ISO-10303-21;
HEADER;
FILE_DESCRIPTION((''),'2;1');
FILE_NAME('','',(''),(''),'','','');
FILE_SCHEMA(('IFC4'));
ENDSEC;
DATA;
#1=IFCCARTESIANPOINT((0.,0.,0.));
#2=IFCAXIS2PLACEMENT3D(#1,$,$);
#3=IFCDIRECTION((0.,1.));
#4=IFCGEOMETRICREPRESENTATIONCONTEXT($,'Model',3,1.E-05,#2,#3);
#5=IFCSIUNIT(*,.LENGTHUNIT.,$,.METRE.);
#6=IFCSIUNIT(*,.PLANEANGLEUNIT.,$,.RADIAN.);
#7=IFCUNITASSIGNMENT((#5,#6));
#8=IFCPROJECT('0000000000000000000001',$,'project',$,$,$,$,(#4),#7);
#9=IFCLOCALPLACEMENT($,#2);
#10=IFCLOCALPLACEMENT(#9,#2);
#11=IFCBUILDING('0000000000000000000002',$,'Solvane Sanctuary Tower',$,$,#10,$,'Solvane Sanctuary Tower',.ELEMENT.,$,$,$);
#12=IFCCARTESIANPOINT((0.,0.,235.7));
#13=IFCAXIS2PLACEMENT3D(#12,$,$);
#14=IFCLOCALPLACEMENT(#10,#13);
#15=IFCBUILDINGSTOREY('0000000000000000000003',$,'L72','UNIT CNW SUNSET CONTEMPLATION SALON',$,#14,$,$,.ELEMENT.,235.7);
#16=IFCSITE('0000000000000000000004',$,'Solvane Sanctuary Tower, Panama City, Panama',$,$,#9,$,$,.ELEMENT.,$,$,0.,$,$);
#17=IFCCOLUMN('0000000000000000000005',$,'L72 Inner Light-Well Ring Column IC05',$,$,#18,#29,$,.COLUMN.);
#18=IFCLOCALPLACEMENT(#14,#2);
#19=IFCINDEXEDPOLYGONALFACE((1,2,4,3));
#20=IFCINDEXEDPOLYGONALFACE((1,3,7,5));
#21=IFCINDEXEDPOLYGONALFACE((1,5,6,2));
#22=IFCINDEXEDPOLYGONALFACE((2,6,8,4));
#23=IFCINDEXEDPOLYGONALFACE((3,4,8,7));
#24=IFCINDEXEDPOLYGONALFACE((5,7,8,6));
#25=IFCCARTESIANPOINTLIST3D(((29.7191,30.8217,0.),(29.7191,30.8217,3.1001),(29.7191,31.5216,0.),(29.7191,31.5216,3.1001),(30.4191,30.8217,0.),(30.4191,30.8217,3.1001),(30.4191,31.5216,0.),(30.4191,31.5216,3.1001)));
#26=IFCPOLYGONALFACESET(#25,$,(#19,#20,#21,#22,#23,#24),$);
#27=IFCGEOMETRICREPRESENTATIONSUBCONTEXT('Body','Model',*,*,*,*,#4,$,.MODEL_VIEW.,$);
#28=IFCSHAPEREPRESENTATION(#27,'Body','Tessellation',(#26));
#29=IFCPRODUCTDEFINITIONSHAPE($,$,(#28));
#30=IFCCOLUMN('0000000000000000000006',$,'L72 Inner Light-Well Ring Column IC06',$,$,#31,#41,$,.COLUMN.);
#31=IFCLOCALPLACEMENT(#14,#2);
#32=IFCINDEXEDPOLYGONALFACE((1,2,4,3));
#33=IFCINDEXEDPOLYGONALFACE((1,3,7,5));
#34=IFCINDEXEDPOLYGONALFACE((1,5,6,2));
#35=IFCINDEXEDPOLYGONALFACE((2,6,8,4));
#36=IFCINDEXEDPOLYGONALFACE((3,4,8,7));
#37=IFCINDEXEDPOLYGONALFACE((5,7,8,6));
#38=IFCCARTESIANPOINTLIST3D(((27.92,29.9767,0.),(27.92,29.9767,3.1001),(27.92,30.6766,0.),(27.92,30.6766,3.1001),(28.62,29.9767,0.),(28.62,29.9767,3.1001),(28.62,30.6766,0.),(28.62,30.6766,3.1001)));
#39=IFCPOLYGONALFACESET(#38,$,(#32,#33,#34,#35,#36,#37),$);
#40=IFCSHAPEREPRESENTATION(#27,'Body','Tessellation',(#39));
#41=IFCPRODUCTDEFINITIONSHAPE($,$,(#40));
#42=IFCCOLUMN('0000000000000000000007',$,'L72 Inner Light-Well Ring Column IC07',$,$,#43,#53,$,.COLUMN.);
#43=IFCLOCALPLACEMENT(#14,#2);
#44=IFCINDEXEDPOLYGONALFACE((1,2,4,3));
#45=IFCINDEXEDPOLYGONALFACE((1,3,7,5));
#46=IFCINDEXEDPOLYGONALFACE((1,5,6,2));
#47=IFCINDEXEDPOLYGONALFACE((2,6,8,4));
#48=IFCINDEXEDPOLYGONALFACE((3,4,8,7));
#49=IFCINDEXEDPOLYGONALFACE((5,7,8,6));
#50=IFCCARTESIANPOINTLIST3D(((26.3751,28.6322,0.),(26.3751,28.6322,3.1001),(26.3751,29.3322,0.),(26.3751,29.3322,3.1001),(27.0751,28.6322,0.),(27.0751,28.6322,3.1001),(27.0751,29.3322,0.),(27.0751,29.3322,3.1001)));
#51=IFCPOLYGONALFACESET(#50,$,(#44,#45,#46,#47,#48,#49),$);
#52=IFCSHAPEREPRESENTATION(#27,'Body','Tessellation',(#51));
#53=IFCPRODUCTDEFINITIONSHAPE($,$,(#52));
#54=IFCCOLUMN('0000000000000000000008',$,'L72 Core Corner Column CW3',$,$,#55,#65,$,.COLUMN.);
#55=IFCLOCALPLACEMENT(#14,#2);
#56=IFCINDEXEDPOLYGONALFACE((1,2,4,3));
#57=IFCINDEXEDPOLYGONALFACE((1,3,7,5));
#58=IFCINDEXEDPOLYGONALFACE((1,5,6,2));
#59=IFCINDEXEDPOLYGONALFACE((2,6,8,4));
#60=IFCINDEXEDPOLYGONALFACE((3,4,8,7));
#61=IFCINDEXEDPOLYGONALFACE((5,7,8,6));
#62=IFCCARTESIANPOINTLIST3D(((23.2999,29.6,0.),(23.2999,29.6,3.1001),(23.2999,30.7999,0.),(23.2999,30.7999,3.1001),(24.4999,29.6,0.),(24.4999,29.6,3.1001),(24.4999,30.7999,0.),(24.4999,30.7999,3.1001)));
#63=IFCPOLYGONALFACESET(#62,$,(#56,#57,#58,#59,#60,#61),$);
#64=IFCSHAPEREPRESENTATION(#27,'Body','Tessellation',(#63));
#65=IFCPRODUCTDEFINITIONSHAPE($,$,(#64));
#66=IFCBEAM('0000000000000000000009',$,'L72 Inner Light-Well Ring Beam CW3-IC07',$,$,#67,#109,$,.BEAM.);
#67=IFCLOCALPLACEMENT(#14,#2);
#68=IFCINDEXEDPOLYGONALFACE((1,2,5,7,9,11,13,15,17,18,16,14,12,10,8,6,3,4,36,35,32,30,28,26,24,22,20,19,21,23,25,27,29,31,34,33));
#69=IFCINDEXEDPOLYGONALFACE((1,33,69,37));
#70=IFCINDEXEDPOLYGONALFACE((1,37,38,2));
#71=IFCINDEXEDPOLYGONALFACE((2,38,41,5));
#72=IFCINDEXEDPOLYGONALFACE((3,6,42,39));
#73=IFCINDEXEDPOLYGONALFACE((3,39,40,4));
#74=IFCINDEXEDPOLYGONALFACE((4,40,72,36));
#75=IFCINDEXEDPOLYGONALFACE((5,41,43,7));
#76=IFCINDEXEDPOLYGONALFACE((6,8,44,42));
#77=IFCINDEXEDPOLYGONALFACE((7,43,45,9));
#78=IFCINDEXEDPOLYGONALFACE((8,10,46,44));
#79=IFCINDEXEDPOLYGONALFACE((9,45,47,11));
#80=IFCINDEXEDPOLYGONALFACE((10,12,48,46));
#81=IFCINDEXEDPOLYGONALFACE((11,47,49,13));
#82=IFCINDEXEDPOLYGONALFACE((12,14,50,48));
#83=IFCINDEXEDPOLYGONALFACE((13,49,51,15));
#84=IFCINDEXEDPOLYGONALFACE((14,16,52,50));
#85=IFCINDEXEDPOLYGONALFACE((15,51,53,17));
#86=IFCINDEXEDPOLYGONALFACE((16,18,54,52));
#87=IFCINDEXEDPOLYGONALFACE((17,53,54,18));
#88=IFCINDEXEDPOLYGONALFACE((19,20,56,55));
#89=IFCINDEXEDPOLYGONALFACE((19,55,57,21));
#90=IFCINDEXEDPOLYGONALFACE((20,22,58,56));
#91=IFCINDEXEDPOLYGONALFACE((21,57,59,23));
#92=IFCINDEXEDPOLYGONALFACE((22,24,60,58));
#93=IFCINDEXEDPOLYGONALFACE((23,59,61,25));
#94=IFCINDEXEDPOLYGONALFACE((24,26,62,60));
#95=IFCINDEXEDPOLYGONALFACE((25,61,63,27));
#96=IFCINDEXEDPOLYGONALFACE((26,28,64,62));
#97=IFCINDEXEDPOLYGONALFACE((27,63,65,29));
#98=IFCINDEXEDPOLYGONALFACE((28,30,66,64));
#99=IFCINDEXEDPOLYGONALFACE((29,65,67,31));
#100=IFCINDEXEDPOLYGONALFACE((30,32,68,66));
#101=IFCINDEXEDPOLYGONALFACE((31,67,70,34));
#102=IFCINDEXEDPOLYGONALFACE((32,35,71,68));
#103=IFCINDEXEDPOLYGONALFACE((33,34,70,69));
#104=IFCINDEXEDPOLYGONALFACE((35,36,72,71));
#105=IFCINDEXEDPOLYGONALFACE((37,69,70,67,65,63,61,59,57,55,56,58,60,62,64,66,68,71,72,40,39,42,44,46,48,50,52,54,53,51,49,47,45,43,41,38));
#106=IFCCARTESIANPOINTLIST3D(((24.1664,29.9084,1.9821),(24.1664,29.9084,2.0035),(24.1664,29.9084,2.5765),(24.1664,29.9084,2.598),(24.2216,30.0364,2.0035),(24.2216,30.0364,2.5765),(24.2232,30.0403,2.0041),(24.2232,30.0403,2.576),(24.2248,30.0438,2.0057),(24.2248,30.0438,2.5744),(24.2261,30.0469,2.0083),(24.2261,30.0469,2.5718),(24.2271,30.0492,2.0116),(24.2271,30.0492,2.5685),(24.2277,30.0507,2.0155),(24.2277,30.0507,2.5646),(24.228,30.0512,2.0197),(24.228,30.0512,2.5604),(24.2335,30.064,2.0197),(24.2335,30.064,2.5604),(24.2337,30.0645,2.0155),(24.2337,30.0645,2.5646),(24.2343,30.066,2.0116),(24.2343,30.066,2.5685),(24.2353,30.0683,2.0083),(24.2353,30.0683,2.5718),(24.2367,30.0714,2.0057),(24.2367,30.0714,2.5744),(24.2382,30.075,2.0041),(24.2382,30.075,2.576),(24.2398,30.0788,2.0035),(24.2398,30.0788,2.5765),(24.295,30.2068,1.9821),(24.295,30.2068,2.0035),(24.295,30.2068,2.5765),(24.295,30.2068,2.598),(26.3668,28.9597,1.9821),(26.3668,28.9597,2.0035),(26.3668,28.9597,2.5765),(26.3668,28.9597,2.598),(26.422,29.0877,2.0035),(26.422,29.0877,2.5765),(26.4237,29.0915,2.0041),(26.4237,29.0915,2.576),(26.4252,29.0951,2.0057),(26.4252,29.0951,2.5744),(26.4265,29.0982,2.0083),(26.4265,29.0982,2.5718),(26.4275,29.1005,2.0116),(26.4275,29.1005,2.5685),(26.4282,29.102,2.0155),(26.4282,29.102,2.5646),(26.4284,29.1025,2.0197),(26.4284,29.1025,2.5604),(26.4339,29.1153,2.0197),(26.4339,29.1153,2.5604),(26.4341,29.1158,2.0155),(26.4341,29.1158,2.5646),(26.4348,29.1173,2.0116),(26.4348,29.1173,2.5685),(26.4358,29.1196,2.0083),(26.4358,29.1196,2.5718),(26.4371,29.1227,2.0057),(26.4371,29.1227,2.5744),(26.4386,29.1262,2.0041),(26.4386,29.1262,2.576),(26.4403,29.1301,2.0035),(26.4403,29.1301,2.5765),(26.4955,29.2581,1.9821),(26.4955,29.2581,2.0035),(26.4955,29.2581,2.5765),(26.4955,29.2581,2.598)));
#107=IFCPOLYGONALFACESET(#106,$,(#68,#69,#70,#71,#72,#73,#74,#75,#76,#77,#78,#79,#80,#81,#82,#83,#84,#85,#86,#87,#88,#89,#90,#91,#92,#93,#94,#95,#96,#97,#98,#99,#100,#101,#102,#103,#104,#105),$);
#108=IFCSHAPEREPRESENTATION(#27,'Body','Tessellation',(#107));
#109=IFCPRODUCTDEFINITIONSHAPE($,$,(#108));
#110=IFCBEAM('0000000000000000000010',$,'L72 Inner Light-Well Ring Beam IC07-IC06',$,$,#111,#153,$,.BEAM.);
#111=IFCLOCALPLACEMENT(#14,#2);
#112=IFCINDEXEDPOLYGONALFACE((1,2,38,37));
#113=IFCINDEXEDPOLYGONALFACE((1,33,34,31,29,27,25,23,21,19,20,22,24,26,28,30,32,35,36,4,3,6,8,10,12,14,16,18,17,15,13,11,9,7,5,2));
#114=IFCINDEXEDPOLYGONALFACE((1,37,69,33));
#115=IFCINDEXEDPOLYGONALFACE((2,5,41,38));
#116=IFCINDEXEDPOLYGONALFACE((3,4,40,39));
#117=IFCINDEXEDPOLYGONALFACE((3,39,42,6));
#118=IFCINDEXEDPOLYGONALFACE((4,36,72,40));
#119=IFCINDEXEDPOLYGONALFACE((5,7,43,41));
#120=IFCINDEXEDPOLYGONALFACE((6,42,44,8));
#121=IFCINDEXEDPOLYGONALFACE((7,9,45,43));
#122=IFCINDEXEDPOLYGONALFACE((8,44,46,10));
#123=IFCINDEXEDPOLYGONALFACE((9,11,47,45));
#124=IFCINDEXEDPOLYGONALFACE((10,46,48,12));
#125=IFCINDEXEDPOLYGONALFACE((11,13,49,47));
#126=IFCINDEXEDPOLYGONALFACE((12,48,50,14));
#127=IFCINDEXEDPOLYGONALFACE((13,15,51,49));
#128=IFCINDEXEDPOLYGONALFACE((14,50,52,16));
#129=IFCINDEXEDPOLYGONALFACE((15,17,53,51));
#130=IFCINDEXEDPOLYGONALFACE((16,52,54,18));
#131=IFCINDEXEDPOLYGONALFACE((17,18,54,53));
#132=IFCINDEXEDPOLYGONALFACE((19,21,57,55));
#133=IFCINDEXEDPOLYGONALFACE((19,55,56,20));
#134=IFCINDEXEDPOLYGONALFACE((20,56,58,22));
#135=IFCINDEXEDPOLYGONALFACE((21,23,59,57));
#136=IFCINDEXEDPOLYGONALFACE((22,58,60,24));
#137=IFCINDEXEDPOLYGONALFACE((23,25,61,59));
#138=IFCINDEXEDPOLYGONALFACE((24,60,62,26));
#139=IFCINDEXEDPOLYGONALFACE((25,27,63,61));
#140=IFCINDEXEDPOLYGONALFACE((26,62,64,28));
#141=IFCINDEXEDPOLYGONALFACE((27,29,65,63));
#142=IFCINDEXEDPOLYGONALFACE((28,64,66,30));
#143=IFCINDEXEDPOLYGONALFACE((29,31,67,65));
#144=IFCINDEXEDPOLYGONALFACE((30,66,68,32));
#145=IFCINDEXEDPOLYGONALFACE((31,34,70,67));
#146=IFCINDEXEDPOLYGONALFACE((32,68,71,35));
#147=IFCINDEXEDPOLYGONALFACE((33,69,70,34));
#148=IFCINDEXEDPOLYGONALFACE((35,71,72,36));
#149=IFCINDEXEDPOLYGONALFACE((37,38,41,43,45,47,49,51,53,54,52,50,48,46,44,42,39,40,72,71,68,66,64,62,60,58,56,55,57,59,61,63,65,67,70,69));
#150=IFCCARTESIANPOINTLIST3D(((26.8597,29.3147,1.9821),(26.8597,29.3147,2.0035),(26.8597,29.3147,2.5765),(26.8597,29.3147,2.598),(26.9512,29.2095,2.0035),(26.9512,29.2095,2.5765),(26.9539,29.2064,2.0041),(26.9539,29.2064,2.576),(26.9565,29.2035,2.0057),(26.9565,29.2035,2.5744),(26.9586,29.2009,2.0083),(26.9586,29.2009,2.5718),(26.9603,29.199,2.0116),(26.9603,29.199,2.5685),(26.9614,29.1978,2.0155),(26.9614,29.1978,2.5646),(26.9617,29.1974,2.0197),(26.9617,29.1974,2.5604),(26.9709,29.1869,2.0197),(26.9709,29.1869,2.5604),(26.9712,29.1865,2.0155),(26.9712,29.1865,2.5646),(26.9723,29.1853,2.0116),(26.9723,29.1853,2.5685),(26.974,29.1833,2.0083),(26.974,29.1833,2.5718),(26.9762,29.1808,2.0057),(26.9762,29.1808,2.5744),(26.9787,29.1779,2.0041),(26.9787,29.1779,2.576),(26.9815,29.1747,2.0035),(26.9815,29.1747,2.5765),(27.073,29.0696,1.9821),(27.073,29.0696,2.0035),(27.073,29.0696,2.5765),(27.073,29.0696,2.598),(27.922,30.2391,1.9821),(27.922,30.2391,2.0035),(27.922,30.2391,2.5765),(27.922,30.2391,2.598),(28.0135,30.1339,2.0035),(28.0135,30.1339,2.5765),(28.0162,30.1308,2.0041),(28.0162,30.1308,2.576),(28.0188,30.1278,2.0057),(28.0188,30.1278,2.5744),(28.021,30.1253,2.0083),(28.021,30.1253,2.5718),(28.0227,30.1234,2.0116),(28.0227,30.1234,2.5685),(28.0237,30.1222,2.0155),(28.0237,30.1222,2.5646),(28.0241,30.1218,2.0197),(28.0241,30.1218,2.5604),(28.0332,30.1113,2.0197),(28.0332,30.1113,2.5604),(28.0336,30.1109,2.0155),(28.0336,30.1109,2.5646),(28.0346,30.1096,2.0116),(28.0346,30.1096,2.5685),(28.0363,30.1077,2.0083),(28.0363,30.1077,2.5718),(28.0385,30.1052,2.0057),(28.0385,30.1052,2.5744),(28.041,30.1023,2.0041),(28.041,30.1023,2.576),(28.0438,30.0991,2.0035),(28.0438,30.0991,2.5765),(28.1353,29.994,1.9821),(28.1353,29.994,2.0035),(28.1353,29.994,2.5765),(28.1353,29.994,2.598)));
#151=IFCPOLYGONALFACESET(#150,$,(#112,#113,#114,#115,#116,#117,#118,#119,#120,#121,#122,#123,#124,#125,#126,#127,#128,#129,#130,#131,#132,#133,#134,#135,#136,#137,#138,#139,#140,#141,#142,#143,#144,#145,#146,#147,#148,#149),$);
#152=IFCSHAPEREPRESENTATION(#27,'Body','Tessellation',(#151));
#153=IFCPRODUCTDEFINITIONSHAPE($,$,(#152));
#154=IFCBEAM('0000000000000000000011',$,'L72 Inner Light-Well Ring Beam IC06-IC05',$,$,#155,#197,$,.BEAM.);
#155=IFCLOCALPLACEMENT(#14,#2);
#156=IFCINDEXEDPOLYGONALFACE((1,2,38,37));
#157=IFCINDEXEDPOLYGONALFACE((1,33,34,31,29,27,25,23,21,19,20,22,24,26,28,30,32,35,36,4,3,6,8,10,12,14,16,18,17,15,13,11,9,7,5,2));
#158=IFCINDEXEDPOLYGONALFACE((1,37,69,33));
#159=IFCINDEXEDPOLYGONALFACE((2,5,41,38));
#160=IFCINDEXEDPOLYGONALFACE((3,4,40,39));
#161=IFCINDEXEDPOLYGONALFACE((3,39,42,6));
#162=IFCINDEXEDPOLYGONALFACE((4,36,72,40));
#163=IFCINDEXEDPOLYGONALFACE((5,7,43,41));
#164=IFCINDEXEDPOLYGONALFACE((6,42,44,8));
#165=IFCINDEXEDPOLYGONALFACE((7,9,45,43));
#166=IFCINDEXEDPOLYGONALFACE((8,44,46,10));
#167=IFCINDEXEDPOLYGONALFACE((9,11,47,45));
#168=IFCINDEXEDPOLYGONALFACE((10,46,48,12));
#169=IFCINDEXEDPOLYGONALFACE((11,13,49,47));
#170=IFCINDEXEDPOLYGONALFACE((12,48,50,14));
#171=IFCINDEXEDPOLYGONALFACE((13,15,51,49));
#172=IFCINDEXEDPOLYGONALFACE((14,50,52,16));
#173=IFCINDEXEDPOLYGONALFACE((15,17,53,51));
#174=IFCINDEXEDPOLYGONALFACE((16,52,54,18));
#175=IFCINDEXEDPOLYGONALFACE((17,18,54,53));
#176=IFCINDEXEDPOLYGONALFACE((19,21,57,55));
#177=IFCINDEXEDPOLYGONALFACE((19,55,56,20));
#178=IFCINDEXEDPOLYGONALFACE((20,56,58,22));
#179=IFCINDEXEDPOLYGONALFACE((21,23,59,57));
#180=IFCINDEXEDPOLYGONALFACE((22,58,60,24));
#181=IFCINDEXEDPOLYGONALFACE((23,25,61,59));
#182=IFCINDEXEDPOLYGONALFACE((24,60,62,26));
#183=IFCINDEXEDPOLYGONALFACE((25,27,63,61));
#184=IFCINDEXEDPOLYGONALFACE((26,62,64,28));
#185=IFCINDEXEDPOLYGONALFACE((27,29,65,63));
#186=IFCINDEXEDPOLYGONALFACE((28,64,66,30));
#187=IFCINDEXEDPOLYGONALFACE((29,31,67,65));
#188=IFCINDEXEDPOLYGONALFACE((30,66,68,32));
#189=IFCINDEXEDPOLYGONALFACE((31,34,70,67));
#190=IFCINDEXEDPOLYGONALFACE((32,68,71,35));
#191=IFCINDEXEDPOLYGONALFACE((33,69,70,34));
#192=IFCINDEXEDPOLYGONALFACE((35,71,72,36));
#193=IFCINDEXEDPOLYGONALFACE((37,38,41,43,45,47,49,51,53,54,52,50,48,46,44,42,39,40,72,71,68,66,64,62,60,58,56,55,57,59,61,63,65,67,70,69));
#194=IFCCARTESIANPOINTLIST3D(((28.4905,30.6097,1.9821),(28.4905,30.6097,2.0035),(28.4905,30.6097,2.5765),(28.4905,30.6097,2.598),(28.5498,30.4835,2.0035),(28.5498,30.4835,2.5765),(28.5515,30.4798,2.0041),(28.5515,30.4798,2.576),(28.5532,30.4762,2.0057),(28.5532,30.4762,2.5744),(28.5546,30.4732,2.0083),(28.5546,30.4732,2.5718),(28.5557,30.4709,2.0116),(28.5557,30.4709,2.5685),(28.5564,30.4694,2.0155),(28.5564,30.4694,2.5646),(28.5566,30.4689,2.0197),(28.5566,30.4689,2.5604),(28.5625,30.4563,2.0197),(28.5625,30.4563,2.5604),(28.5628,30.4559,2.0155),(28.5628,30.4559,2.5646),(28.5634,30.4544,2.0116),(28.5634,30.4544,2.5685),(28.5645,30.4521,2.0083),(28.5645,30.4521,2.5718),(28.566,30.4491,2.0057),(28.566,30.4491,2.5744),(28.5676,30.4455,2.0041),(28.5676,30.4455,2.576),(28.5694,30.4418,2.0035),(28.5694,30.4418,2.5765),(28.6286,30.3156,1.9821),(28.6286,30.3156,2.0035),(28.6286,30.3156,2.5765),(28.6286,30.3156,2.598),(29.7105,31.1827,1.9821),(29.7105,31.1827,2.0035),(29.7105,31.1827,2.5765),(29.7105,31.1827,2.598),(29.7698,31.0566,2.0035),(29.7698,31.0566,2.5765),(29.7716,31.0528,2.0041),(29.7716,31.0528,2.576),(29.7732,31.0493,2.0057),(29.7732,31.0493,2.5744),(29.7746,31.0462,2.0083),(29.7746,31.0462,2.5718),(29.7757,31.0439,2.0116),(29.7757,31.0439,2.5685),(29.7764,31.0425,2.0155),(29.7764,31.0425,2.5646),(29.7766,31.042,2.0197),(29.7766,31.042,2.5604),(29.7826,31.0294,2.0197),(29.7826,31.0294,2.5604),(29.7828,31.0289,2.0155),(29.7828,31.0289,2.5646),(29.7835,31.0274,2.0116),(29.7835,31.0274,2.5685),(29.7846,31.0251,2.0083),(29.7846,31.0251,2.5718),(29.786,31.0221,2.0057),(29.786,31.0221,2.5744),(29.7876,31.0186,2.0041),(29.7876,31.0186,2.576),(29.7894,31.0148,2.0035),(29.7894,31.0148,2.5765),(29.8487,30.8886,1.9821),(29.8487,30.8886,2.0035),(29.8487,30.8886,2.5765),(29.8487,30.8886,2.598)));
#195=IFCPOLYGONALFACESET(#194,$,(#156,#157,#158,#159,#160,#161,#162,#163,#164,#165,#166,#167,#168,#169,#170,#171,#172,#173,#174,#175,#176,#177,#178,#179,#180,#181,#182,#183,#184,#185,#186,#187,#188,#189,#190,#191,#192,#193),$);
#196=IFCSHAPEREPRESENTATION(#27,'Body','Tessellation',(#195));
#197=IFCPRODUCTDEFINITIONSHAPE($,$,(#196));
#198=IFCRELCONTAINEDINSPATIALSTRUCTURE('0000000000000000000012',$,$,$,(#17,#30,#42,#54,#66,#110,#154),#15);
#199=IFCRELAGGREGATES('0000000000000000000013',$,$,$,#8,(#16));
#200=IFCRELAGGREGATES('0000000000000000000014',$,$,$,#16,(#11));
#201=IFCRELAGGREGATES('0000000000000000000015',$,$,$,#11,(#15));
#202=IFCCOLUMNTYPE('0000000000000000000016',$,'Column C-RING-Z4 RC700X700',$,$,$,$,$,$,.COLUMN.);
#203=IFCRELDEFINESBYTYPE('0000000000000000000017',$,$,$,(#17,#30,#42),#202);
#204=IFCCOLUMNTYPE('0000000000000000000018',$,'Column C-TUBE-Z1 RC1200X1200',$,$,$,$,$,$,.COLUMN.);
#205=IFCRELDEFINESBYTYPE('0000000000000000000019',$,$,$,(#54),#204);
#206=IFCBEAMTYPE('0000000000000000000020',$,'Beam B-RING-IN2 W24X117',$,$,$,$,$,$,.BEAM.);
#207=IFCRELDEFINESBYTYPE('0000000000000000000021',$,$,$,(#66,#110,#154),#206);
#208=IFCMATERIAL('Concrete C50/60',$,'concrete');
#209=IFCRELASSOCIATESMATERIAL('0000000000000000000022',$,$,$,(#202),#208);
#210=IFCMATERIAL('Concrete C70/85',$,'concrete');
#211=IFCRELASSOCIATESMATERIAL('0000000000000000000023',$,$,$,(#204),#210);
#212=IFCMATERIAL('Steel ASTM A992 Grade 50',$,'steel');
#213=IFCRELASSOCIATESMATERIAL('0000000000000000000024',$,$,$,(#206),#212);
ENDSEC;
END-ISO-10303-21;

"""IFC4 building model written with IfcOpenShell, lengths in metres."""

from ifc_helpers import new_model, si_unit, direction, frame, origin, origin_2d, place, context, subcontext, project, spatial, rectangle, i_section, extrude, material, material_profile, profile_set, type_object, element, save


model = new_model("IFC4")

# Units and contexts
model_context = context("Model", 3, precision=1e-05, world=origin(), true_north=direction((0.0, 1.0)))
body_context = subcontext(model_context, "Body", "Model", "MODEL_VIEW")
ifc_project = project(units=[si_unit("LENGTHUNIT", "METRE"), si_unit("PLANEANGLEUNIT", "RADIAN")], contexts=[model_context])

# Site, building, storey
site_placement = place(None, origin())
site = spatial("IfcSite", under=ifc_project, at=site_placement, Name="Solvane Sanctuary Tower, Panama City, Panama", CompositionType="ELEMENT", RefElevation=0.0)
building_placement = place(site_placement, origin())
building = spatial("IfcBuilding", under=site, at=building_placement, Name="Solvane Sanctuary Tower", LongName="Solvane Sanctuary Tower", CompositionType="ELEMENT")
storey_placement = place(building_placement, frame((0.0, 0.0, 235.7)))
storey = spatial("IfcBuildingStorey", under=building, at=storey_placement, Name="L72", Description="UNIT CNW SUNSET CONTEMPLATION SALON", CompositionType="ELEMENT", Elevation=235.7)

# Columns
ifc_material_1 = material(Name="Concrete C50/60", Category="concrete")
ifc_material_profile_1 = material_profile(ifc_material_1, rectangle(XDim=0.7, YDim=0.7, at=origin_2d()), Name="RC700X700")
ifc_profile_set_1 = profile_set([ifc_material_profile_1], Name="Concrete C50/60")
column_type_1 = type_object("IfcColumnType", Name="Column C-RING-Z4 RC700X700", PredefinedType="COLUMN", material=ifc_profile_set_1)
for number, where, z_axis, x_axis, name in (
    (1, (30.0691, 31.1716, 0.0), (0.0, 0.0, 1.0), (1.0, 0.0, 0.0), "L72 Inner Light-Well Ring Column IC05"),
    (2, (28.27, 30.3267, 0.0), (0.0, 0.0, 1.0), (1.0, 0.0, 0.0), "L72 Inner Light-Well Ring Column IC06"),
    (3, (26.7251, 28.9822, 0.0), (0.0, 0.0, 1.0), (1.0, 0.0, 0.0), "L72 Inner Light-Well Ring Column IC07"),
):
    element("IfcColumn", number, at=place(storey_placement, frame(where, z_axis=z_axis, x_axis=x_axis)), inside=storey, type_object=column_type_1, Name=name, PredefinedType="COLUMN", context=body_context, shape_type="SweptSolid", body=[
        extrude(rectangle(XDim=0.7, YDim=0.7, at=origin_2d()), origin(), (0.0, 0.0, 1.0), 3.1001),
    ])
ifc_material_2 = material(Name="Concrete C70/85", Category="concrete")
ifc_material_profile_2 = material_profile(ifc_material_2, rectangle(XDim=1.2, YDim=1.2, at=origin_2d()), Name="RC1200X1200")
ifc_profile_set_2 = profile_set([ifc_material_profile_2], Name="Concrete C70/85")
column_type_2 = type_object("IfcColumnType", Name="Column C-TUBE-Z1 RC1200X1200", PredefinedType="COLUMN", material=ifc_profile_set_2)
column_placement = place(storey_placement, frame((23.8999, 30.2, 0.0), z_axis=(0.0, 0.0, 1.0), x_axis=(1.0, 0.0, 0.0)))
element("IfcColumn", 4, at=column_placement, inside=storey, type_object=column_type_2, Name="L72 Core Corner Column CW3", PredefinedType="COLUMN", context=body_context, shape_type="SweptSolid", body=[
    extrude(rectangle(XDim=1.2, YDim=1.2, at=origin_2d()), origin(), (0.0, 0.0, 1.0), 3.1001),
])

# Beams
ifc_material_3 = material(Name="Steel ASTM A992 Grade 50", Category="steel")
ifc_material_profile_3 = material_profile(ifc_material_3, i_section(OverallWidth=0.325, OverallDepth=0.616, WebThickness=0.0139, FlangeThickness=0.0215, FilletRadius=0.0161, at=origin_2d()), Name="W24X117")
ifc_profile_set_3 = profile_set([ifc_material_profile_3], Name="Steel ASTM A992 Grade 50")
beam_type_1 = type_object("IfcBeamType", Name="Beam B-RING-IN2 W24X117", PredefinedType="BEAM", material=ifc_profile_set_3)
beam_1_placement = place(storey_placement, frame((24.2307, 30.0576, 2.29), z_axis=(0.918284, -0.395923, 0.0), x_axis=(0.395923, 0.918284, 0.0)))
element("IfcBeam", 5, at=beam_1_placement, inside=storey, type_object=beam_type_1, Name="L72 Inner Light-Well Ring Beam CW3-IC07", PredefinedType="BEAM", context=body_context, shape_type="SweptSolid", body=[
    extrude(i_section(OverallWidth=0.325, OverallDepth=0.616, WebThickness=0.0139, FlangeThickness=0.0215, FilletRadius=0.0161, at=origin_2d()), origin(), (0.0, 0.0, 1.0), 2.3962),
])
beam_2_placement = place(storey_placement, frame((26.9663, 29.1921, 2.29), z_axis=(0.754389, 0.656428, 0.0), x_axis=(-0.656428, 0.754389, 0.0)))
element("IfcBeam", 6, at=beam_2_placement, inside=storey, type_object=beam_type_1, Name="L72 Inner Light-Well Ring Beam IC07-IC06", PredefinedType="BEAM", context=body_context, shape_type="SweptSolid", body=[
    extrude(i_section(OverallWidth=0.325, OverallDepth=0.616, WebThickness=0.0139, FlangeThickness=0.0215, FilletRadius=0.0161, at=origin_2d()), origin(), (0.0, 0.0, 1.0), 1.4082),
])
beam_3_placement = place(storey_placement, frame((28.5596, 30.4626, 2.29), z_axis=(0.905135, 0.425125, 0.0), x_axis=(-0.425125, 0.905135, 0.0)))
element("IfcBeam", 7, at=beam_3_placement, inside=storey, type_object=beam_type_1, Name="L72 Inner Light-Well Ring Beam IC06-IC05", PredefinedType="BEAM", context=body_context, shape_type="SweptSolid", body=[
    extrude(i_section(OverallWidth=0.325, OverallDepth=0.616, WebThickness=0.0139, FlangeThickness=0.0215, FilletRadius=0.0161, at=origin_2d()), origin(), (0.0, 0.0, 1.0), 1.3479),
])

save(model, "model.ifc")
